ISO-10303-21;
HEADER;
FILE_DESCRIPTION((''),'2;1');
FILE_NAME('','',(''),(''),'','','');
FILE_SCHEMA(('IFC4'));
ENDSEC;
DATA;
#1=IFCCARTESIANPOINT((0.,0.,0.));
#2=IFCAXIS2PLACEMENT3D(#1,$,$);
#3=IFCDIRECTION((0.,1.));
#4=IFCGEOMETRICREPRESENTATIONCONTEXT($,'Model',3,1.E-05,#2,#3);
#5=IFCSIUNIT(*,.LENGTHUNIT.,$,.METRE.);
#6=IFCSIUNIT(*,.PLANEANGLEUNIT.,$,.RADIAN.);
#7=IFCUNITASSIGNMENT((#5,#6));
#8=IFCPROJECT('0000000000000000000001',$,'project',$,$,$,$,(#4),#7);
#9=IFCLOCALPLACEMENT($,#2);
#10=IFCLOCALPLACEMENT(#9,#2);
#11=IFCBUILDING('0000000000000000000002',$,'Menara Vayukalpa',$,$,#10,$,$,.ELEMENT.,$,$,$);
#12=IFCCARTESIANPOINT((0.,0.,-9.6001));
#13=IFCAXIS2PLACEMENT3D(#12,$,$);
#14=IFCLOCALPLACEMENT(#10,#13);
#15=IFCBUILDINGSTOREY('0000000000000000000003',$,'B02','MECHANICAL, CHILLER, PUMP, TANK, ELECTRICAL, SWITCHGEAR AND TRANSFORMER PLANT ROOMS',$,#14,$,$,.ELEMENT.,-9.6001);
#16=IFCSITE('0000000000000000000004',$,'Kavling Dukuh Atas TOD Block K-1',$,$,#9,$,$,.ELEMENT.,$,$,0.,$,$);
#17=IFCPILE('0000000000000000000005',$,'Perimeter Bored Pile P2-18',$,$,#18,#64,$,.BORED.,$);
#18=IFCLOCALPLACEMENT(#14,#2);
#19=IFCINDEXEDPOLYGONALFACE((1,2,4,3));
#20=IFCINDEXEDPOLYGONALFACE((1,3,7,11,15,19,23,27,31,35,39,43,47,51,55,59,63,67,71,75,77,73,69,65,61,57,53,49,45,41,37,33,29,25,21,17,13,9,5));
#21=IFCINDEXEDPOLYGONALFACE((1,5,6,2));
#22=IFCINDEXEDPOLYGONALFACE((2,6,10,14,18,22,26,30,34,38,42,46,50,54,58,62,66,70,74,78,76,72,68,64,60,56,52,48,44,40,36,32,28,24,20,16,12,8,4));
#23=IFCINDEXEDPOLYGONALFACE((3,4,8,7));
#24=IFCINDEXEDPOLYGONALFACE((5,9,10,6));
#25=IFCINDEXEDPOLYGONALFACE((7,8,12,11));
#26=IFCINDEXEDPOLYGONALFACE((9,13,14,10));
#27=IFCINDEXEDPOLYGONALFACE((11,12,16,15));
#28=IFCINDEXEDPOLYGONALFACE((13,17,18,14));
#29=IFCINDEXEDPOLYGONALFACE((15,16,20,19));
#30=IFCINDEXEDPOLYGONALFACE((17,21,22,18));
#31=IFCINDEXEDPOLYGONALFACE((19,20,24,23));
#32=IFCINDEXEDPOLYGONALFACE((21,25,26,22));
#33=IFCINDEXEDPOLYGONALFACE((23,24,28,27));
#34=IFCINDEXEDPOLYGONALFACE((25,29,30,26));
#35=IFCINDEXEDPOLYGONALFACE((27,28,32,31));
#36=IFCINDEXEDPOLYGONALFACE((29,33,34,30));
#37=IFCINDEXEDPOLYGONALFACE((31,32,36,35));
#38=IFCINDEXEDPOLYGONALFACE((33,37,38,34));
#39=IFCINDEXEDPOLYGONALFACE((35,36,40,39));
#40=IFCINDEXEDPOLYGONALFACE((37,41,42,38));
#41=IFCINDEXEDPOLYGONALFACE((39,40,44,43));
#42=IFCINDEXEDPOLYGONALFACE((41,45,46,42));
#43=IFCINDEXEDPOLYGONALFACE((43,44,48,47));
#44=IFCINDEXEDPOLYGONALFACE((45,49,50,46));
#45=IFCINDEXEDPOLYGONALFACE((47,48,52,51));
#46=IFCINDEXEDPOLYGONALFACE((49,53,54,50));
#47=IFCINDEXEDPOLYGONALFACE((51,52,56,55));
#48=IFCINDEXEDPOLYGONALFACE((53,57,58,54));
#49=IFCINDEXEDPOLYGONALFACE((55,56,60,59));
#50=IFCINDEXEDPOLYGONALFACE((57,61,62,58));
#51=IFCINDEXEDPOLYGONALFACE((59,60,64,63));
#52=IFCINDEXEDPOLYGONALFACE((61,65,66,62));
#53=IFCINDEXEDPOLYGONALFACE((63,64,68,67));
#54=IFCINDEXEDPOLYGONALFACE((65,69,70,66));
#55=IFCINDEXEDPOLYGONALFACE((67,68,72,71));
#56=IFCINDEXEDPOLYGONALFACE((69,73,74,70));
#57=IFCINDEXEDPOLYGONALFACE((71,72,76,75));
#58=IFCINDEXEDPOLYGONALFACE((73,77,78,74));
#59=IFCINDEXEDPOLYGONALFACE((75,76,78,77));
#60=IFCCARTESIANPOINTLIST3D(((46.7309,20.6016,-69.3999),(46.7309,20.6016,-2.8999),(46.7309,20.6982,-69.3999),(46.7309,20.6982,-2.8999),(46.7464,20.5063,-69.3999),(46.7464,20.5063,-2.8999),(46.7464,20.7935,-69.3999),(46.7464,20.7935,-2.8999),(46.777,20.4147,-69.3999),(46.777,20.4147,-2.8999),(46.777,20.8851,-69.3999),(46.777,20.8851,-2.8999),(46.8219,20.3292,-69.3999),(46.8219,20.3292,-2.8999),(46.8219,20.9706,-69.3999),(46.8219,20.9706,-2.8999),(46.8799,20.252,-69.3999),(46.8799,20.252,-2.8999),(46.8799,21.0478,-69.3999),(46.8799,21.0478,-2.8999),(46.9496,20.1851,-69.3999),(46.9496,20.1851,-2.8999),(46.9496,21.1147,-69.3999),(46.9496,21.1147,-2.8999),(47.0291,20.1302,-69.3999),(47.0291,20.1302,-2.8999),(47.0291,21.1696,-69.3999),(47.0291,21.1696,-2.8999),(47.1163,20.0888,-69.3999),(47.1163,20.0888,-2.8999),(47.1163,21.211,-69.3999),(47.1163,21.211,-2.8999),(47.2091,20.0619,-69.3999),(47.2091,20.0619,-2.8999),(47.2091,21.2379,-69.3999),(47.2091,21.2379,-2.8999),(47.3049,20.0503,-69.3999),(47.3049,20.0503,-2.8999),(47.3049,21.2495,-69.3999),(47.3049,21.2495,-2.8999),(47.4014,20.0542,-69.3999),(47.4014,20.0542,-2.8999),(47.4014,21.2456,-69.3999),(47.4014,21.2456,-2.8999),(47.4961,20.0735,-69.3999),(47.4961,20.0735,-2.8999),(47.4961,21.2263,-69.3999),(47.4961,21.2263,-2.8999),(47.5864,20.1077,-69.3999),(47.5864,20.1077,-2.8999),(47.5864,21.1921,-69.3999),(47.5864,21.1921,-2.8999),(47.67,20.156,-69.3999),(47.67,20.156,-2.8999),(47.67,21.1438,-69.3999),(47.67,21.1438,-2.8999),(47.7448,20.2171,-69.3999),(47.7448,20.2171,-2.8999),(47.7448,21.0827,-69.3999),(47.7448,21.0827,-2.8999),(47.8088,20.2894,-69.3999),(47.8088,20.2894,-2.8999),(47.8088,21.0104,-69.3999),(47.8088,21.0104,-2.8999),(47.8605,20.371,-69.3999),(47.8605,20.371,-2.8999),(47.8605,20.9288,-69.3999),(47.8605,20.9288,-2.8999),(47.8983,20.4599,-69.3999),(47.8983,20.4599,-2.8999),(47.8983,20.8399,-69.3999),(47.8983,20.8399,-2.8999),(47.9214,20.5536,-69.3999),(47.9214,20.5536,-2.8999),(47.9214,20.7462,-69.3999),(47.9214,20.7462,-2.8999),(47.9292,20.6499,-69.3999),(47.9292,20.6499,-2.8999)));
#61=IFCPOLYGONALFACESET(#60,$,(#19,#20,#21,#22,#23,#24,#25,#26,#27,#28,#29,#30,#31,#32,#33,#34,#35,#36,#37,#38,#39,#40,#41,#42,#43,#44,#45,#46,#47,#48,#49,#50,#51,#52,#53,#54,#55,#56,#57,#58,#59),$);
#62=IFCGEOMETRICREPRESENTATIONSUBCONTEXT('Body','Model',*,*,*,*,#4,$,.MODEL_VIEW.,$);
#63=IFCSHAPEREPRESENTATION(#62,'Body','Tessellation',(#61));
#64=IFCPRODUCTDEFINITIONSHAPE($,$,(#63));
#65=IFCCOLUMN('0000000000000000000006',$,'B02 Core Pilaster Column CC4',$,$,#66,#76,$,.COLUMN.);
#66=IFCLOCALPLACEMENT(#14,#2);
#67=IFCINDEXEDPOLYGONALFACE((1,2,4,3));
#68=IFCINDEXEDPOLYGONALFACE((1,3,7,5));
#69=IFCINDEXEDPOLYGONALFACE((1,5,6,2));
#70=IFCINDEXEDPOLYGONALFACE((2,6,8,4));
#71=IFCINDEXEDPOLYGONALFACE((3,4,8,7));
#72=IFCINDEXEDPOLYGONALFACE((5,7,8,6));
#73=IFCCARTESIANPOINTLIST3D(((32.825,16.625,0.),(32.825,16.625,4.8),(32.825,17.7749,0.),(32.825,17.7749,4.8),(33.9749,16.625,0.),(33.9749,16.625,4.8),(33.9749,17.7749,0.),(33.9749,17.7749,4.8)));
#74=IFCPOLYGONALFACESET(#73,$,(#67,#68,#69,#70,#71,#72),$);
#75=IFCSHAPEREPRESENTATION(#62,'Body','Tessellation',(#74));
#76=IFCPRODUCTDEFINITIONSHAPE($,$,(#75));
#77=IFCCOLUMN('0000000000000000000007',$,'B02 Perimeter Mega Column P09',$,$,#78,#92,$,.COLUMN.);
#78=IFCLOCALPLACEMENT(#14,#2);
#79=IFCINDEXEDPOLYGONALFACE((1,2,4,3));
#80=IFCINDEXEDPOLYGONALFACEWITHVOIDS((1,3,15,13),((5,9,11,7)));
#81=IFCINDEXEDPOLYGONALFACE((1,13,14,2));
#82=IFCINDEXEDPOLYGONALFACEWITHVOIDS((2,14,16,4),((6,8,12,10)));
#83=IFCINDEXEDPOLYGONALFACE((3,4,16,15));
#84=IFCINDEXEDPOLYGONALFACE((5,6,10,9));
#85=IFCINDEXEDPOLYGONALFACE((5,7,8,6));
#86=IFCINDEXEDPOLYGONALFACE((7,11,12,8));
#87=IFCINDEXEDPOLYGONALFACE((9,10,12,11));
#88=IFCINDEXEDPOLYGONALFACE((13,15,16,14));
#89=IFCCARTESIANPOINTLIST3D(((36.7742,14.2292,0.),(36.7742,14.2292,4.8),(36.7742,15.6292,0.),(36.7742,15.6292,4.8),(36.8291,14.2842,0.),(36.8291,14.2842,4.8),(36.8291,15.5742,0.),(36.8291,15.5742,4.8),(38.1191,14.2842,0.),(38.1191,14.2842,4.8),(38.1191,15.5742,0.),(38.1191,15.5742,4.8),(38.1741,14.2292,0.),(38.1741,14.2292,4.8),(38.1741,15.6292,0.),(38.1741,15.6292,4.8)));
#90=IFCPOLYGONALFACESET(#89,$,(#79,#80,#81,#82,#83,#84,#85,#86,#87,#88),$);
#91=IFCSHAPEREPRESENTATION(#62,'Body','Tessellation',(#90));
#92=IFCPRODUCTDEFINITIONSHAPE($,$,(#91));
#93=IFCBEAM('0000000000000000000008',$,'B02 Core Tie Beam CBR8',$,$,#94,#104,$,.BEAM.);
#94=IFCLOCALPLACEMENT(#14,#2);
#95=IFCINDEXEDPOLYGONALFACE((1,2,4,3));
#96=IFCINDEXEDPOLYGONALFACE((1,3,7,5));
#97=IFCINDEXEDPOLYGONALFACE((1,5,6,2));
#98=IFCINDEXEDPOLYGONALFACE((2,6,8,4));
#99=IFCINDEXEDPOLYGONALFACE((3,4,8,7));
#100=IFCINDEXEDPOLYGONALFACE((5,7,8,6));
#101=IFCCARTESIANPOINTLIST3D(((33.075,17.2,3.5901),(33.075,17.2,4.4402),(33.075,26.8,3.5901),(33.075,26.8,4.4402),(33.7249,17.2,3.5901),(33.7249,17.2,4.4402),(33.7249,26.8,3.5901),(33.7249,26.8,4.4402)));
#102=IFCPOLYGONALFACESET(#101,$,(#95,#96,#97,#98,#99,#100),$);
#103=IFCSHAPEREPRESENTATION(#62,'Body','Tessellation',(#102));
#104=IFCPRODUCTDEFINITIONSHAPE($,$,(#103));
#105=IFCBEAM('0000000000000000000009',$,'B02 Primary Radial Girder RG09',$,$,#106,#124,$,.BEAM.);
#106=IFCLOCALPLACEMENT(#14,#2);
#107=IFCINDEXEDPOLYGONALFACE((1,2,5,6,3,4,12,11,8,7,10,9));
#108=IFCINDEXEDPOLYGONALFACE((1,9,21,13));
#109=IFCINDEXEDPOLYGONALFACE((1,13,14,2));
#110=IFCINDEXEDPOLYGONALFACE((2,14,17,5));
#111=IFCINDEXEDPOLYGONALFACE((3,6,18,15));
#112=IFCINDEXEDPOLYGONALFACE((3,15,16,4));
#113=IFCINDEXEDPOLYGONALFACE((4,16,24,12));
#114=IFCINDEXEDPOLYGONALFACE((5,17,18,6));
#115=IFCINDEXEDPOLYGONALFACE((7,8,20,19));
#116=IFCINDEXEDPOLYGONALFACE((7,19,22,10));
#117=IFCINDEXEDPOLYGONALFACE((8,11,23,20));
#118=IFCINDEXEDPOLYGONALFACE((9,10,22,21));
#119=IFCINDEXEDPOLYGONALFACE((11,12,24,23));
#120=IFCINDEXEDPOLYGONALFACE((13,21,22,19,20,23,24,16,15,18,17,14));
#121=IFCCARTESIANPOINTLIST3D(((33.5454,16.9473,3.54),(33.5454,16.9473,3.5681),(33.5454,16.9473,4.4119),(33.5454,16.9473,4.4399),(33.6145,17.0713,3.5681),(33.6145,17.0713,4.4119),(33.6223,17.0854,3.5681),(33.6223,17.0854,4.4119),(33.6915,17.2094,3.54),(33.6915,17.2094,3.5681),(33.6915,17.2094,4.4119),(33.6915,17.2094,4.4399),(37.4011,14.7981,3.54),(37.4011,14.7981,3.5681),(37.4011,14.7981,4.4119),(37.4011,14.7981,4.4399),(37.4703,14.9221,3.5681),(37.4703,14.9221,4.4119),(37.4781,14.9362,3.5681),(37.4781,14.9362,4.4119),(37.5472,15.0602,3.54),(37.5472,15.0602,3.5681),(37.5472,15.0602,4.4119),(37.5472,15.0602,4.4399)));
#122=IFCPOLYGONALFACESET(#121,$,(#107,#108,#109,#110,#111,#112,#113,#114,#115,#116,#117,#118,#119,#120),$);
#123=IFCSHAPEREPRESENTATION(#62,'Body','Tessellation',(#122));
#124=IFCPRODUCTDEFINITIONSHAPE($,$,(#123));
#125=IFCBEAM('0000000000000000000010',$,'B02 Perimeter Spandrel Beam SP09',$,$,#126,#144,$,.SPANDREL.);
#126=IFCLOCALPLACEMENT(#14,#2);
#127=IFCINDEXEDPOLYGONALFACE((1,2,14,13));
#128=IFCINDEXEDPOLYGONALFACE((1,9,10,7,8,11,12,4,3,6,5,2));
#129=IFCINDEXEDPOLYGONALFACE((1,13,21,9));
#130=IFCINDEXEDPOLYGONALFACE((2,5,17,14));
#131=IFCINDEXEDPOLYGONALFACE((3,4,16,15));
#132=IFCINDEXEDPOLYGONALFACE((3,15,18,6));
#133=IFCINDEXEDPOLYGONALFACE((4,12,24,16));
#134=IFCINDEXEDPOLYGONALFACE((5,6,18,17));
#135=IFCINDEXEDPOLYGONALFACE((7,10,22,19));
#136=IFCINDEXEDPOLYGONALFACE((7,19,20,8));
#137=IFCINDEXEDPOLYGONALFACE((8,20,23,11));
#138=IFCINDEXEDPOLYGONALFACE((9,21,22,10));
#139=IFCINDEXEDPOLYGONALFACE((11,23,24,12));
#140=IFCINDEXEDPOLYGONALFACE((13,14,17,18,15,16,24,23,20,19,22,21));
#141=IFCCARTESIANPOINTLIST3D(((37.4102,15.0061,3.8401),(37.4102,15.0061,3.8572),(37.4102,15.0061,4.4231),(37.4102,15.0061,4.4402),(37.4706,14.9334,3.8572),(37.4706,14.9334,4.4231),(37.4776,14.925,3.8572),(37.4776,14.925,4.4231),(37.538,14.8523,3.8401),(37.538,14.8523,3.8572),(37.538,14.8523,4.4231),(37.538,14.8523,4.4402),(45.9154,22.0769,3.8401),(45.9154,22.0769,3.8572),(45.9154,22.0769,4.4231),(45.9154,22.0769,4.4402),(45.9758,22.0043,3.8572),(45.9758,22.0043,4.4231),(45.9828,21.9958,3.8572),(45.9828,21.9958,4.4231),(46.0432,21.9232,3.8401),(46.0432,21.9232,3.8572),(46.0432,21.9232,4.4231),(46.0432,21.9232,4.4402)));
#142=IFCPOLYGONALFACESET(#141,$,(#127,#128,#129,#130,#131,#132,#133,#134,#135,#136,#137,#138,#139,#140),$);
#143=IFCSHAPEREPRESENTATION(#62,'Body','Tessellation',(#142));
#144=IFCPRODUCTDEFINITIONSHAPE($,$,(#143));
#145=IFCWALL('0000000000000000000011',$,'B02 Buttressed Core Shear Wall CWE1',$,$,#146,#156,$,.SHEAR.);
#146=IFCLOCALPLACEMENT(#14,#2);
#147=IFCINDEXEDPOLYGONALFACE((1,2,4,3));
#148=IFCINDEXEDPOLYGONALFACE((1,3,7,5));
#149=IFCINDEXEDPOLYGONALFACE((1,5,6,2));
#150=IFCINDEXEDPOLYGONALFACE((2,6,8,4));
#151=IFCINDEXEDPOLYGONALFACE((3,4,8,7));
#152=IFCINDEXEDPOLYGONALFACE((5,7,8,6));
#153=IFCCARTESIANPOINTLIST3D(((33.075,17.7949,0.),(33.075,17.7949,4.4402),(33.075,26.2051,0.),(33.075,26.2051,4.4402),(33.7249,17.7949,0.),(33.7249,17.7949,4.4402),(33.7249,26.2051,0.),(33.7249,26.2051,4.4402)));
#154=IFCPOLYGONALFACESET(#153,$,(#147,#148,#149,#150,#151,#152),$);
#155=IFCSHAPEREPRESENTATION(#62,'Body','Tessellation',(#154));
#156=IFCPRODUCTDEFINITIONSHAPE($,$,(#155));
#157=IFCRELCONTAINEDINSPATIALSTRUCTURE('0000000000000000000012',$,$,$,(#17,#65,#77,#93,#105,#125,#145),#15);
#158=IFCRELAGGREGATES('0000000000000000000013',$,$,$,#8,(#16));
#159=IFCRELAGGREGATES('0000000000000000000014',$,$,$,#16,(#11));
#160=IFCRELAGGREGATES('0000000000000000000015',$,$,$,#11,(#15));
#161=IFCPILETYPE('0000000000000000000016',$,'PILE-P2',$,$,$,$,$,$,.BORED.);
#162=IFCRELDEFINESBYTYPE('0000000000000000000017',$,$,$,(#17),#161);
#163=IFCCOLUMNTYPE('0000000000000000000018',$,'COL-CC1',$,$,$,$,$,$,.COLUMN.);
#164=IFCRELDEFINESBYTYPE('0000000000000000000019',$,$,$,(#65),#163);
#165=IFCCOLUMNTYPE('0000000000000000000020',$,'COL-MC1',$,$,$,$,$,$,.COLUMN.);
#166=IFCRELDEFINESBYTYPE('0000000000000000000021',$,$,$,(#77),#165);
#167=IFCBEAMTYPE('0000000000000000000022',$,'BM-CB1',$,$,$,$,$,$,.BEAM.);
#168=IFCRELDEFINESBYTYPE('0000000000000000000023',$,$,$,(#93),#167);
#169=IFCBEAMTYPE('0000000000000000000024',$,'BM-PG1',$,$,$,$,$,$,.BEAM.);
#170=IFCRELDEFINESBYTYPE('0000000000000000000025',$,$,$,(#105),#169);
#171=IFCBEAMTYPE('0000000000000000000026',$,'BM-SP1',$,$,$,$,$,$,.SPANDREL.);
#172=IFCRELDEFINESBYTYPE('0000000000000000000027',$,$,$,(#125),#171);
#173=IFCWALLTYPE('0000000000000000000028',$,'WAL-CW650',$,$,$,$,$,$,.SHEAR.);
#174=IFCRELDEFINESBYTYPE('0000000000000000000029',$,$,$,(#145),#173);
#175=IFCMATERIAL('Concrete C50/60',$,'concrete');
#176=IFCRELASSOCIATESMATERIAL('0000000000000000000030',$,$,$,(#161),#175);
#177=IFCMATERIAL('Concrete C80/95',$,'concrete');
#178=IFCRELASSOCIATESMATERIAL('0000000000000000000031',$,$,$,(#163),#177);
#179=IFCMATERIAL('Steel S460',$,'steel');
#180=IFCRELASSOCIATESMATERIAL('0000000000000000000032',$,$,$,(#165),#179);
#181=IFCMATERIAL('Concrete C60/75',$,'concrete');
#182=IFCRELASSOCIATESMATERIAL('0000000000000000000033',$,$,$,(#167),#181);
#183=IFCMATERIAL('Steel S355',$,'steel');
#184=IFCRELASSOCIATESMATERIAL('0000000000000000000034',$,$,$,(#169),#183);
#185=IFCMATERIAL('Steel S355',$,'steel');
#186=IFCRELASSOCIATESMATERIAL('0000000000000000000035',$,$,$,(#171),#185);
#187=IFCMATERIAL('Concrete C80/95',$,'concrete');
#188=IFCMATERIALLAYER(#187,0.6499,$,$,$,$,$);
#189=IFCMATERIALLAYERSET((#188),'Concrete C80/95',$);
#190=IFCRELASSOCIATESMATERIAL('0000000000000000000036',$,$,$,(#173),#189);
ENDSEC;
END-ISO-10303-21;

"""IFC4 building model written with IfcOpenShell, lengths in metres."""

from ifc_helpers import new_model, si_unit, direction, frame, frame_2d, origin, origin_2d, place, context, subcontext, project, spatial, rectangle, hollow_rectangle, circle, i_section, extrude, material, layer, layer_set, material_profile, profile_set, type_object, element, save


model = new_model("IFC4")

# Units and contexts
model_context = context("Model", 3, precision=1e-05, world=origin(), true_north=direction((0.0, 1.0)))
body_context = subcontext(model_context, "Body", "Model", "MODEL_VIEW")
ifc_project = project(units=[si_unit("LENGTHUNIT", "METRE"), si_unit("PLANEANGLEUNIT", "RADIAN")], contexts=[model_context])

# Site, building, storey
site_placement = place(None, origin())
site = spatial("IfcSite", under=ifc_project, at=site_placement, Name="Kavling Dukuh Atas TOD Block K-1", CompositionType="ELEMENT", RefElevation=0.0)
building_placement = place(site_placement, origin())
building = spatial("IfcBuilding", under=site, at=building_placement, Name="Menara Vayukalpa", CompositionType="ELEMENT")
storey_placement = place(building_placement, frame((0.0, 0.0, -9.6001)))
storey = spatial("IfcBuildingStorey", under=building, at=storey_placement, Name="B02", Description="MECHANICAL, CHILLER, PUMP, TANK, ELECTRICAL, SWITCHGEAR AND TRANSFORMER PLANT ROOMS", CompositionType="ELEMENT", Elevation=-9.6001)

# Pile
ifc_material_1 = material(Name="Concrete C50/60", Category="concrete")
ifc_material_profile_1 = material_profile(ifc_material_1, circle(Radius=0.6001, at=origin_2d()), Name="PILE D1200")
ifc_profile_set_1 = profile_set([ifc_material_profile_1], Name="Concrete C50/60")
pile_type_1 = type_object("IfcPileType", Name="PILE-P2", PredefinedType="BORED", material=ifc_profile_set_1)
for number, where, z_axis, x_axis, name in (
    (1, (47.3291, 20.6499, -2.8999), (0.0, 0.0, -1.0), (1.0, 0.0, 0.0), "Perimeter Bored Pile P2-18"),
):
    element("IfcPile", number, at=place(storey_placement, frame(where, z_axis=z_axis, x_axis=x_axis)), inside=storey, type_object=pile_type_1, Name=name, PredefinedType="BORED", context=body_context, shape_type="SweptSolid", body=[
        extrude(circle(Radius=0.6001, at=origin_2d()), origin(), (0.0, 0.0, 1.0), 66.5),
    ])

# Columns
ifc_material_2 = material(Name="Concrete C80/95", Category="concrete")
ifc_material_profile_2 = material_profile(ifc_material_2, rectangle(XDim=1.1499, YDim=1.1499, at=origin_2d()), Name="RC 1150x1150")
ifc_profile_set_2 = profile_set([ifc_material_profile_2], Name="Concrete C80/95")
column_type_1 = type_object("IfcColumnType", Name="COL-CC1", PredefinedType="COLUMN", material=ifc_profile_set_2)
column_1_placement = place(storey_placement, frame((33.3999, 17.2, 0.0), z_axis=(0.0, 0.0, 1.0), x_axis=(1.0, 0.0, 0.0)))
element("IfcColumn", 2, at=column_1_placement, inside=storey, type_object=column_type_1, Name="B02 Core Pilaster Column CC4", PredefinedType="COLUMN", context=body_context, shape_type="SweptSolid", body=[
    extrude(rectangle(XDim=1.1499, YDim=1.1499, at=origin_2d()), origin(), (0.0, 0.0, 1.0), 4.8),
])
ifc_material_3 = material(Name="Steel S460", Category="steel")
ifc_material_profile_3 = material_profile(ifc_material_3, hollow_rectangle(XDim=1.3999, YDim=1.3999, WallThickness=0.0549, at=origin_2d()), Name="BOX 1400x1400x55")
ifc_profile_set_3 = profile_set([ifc_material_profile_3], Name="Steel S460")
column_type_2 = type_object("IfcColumnType", Name="COL-MC1", PredefinedType="COLUMN", material=ifc_profile_set_3)
column_2_placement = place(storey_placement, frame((37.4741, 14.9292, 0.0), z_axis=(0.0, 0.0, 1.0), x_axis=(1.0, 0.0, 0.0)))
element("IfcColumn", 3, at=column_2_placement, inside=storey, type_object=column_type_2, Name="B02 Perimeter Mega Column P09", PredefinedType="COLUMN", context=body_context, shape_type="SweptSolid", body=[
    extrude(hollow_rectangle(XDim=1.3999, YDim=1.3999, WallThickness=0.0549, at=origin_2d()), origin(), (0.0, 0.0, 1.0), 4.8),
])

# Beams
ifc_material_4 = material(Name="Concrete C60/75", Category="concrete")
ifc_material_profile_4 = material_profile(ifc_material_4, rectangle(XDim=0.6499, YDim=0.8501, at=origin_2d()), Name="RC 650x850")
ifc_profile_set_4 = profile_set([ifc_material_profile_4], Name="Concrete C60/75")
beam_type_1 = type_object("IfcBeamType", Name="BM-CB1", PredefinedType="BEAM", material=ifc_profile_set_4)
beam_1_placement = place(storey_placement, frame((33.3999, 17.2, 4.0151), z_axis=(0.0, 1.0, 0.0), x_axis=(-1.0, 0.0, 0.0)))
element("IfcBeam", 4, at=beam_1_placement, inside=storey, type_object=beam_type_1, Name="B02 Core Tie Beam CBR8", PredefinedType="BEAM", context=body_context, shape_type="SweptSolid", body=[
    extrude(rectangle(XDim=0.6499, YDim=0.8501, at=origin_2d()), origin(), (0.0, 0.0, 1.0), 9.6001),
])
ifc_material_5 = material(Name="Steel S355", Category="steel")
ifc_material_profile_5 = material_profile(ifc_material_5, i_section(OverallWidth=0.3, OverallDepth=0.8999, WebThickness=0.0161, FlangeThickness=0.0281, at=origin_2d()), Name="WF 900x300x16x28")
ifc_profile_set_5 = profile_set([ifc_material_profile_5], Name="Steel S355")
beam_type_2 = type_object("IfcBeamType", Name="BM-PG1", PredefinedType="BEAM", material=ifc_profile_set_5)
beam_2_placement = place(storey_placement, frame((33.6184, 17.0784, 3.99), z_axis=(0.873473, -0.486873, 0.0), x_axis=(0.486873, 0.873473, 0.0)))
element("IfcBeam", 5, at=beam_2_placement, inside=storey, type_object=beam_type_2, Name="B02 Primary Radial Girder RG09", PredefinedType="BEAM", context=body_context, shape_type="SweptSolid", body=[
    extrude(i_section(OverallWidth=0.3, OverallDepth=0.8999, WebThickness=0.0161, FlangeThickness=0.0281, at=origin_2d()), origin(), (0.0, 0.0, 1.0), 4.4143),
])
ifc_material_6 = material(Name="Steel S355", Category="steel")
ifc_material_profile_6 = material_profile(ifc_material_6, i_section(OverallWidth=0.2, OverallDepth=0.6001, WebThickness=0.011, FlangeThickness=0.0171, at=origin_2d()), Name="WF 600x200x11x17")
ifc_profile_set_6 = profile_set([ifc_material_profile_6], Name="Steel S355")
beam_type_3 = type_object("IfcBeamType", Name="BM-SP1", PredefinedType="SPANDREL", material=ifc_profile_set_6)
beam_3_placement = place(storey_placement, frame((37.4741, 14.9292, 4.1401), z_axis=(0.768968, 0.639287, 0.0), x_axis=(-0.639287, 0.768968, 0.0)))
element("IfcBeam", 6, at=beam_3_placement, inside=storey, type_object=beam_type_3, Name="B02 Perimeter Spandrel Beam SP09", PredefinedType="SPANDREL", context=body_context, shape_type="SweptSolid", body=[
    extrude(i_section(OverallWidth=0.2, OverallDepth=0.6001, WebThickness=0.011, FlangeThickness=0.0171, at=origin_2d()), origin(), (0.0, 0.0, 1.0), 11.0605),
])

# Wall
ifc_material_7 = material(Name="Concrete C80/95", Category="concrete")
ifc_layer_1 = layer(ifc_material_7, 0.6499)
ifc_layer_set_1 = layer_set([ifc_layer_1], Name="Concrete C80/95")
wall_type_1 = type_object("IfcWallType", Name="WAL-CW650", PredefinedType="SHEAR", material=ifc_layer_set_1)
wall_1_placement = place(storey_placement, frame((33.3999, 17.7949, 0.0), z_axis=(0.0, 0.0, 1.0), x_axis=(0.0, 1.0, 0.0)))
element("IfcWall", 7, at=wall_1_placement, inside=storey, type_object=wall_type_1, Name="B02 Buttressed Core Shear Wall CWE1", PredefinedType="SHEAR", context=body_context, shape_type="SweptSolid", body=[
    extrude(rectangle(XDim=8.4102, YDim=0.6499, at=frame_2d((4.2051, 0.0))), origin(), (0.0, 0.0, 1.0), 4.4402),
])

save(model, "model.ifc")
